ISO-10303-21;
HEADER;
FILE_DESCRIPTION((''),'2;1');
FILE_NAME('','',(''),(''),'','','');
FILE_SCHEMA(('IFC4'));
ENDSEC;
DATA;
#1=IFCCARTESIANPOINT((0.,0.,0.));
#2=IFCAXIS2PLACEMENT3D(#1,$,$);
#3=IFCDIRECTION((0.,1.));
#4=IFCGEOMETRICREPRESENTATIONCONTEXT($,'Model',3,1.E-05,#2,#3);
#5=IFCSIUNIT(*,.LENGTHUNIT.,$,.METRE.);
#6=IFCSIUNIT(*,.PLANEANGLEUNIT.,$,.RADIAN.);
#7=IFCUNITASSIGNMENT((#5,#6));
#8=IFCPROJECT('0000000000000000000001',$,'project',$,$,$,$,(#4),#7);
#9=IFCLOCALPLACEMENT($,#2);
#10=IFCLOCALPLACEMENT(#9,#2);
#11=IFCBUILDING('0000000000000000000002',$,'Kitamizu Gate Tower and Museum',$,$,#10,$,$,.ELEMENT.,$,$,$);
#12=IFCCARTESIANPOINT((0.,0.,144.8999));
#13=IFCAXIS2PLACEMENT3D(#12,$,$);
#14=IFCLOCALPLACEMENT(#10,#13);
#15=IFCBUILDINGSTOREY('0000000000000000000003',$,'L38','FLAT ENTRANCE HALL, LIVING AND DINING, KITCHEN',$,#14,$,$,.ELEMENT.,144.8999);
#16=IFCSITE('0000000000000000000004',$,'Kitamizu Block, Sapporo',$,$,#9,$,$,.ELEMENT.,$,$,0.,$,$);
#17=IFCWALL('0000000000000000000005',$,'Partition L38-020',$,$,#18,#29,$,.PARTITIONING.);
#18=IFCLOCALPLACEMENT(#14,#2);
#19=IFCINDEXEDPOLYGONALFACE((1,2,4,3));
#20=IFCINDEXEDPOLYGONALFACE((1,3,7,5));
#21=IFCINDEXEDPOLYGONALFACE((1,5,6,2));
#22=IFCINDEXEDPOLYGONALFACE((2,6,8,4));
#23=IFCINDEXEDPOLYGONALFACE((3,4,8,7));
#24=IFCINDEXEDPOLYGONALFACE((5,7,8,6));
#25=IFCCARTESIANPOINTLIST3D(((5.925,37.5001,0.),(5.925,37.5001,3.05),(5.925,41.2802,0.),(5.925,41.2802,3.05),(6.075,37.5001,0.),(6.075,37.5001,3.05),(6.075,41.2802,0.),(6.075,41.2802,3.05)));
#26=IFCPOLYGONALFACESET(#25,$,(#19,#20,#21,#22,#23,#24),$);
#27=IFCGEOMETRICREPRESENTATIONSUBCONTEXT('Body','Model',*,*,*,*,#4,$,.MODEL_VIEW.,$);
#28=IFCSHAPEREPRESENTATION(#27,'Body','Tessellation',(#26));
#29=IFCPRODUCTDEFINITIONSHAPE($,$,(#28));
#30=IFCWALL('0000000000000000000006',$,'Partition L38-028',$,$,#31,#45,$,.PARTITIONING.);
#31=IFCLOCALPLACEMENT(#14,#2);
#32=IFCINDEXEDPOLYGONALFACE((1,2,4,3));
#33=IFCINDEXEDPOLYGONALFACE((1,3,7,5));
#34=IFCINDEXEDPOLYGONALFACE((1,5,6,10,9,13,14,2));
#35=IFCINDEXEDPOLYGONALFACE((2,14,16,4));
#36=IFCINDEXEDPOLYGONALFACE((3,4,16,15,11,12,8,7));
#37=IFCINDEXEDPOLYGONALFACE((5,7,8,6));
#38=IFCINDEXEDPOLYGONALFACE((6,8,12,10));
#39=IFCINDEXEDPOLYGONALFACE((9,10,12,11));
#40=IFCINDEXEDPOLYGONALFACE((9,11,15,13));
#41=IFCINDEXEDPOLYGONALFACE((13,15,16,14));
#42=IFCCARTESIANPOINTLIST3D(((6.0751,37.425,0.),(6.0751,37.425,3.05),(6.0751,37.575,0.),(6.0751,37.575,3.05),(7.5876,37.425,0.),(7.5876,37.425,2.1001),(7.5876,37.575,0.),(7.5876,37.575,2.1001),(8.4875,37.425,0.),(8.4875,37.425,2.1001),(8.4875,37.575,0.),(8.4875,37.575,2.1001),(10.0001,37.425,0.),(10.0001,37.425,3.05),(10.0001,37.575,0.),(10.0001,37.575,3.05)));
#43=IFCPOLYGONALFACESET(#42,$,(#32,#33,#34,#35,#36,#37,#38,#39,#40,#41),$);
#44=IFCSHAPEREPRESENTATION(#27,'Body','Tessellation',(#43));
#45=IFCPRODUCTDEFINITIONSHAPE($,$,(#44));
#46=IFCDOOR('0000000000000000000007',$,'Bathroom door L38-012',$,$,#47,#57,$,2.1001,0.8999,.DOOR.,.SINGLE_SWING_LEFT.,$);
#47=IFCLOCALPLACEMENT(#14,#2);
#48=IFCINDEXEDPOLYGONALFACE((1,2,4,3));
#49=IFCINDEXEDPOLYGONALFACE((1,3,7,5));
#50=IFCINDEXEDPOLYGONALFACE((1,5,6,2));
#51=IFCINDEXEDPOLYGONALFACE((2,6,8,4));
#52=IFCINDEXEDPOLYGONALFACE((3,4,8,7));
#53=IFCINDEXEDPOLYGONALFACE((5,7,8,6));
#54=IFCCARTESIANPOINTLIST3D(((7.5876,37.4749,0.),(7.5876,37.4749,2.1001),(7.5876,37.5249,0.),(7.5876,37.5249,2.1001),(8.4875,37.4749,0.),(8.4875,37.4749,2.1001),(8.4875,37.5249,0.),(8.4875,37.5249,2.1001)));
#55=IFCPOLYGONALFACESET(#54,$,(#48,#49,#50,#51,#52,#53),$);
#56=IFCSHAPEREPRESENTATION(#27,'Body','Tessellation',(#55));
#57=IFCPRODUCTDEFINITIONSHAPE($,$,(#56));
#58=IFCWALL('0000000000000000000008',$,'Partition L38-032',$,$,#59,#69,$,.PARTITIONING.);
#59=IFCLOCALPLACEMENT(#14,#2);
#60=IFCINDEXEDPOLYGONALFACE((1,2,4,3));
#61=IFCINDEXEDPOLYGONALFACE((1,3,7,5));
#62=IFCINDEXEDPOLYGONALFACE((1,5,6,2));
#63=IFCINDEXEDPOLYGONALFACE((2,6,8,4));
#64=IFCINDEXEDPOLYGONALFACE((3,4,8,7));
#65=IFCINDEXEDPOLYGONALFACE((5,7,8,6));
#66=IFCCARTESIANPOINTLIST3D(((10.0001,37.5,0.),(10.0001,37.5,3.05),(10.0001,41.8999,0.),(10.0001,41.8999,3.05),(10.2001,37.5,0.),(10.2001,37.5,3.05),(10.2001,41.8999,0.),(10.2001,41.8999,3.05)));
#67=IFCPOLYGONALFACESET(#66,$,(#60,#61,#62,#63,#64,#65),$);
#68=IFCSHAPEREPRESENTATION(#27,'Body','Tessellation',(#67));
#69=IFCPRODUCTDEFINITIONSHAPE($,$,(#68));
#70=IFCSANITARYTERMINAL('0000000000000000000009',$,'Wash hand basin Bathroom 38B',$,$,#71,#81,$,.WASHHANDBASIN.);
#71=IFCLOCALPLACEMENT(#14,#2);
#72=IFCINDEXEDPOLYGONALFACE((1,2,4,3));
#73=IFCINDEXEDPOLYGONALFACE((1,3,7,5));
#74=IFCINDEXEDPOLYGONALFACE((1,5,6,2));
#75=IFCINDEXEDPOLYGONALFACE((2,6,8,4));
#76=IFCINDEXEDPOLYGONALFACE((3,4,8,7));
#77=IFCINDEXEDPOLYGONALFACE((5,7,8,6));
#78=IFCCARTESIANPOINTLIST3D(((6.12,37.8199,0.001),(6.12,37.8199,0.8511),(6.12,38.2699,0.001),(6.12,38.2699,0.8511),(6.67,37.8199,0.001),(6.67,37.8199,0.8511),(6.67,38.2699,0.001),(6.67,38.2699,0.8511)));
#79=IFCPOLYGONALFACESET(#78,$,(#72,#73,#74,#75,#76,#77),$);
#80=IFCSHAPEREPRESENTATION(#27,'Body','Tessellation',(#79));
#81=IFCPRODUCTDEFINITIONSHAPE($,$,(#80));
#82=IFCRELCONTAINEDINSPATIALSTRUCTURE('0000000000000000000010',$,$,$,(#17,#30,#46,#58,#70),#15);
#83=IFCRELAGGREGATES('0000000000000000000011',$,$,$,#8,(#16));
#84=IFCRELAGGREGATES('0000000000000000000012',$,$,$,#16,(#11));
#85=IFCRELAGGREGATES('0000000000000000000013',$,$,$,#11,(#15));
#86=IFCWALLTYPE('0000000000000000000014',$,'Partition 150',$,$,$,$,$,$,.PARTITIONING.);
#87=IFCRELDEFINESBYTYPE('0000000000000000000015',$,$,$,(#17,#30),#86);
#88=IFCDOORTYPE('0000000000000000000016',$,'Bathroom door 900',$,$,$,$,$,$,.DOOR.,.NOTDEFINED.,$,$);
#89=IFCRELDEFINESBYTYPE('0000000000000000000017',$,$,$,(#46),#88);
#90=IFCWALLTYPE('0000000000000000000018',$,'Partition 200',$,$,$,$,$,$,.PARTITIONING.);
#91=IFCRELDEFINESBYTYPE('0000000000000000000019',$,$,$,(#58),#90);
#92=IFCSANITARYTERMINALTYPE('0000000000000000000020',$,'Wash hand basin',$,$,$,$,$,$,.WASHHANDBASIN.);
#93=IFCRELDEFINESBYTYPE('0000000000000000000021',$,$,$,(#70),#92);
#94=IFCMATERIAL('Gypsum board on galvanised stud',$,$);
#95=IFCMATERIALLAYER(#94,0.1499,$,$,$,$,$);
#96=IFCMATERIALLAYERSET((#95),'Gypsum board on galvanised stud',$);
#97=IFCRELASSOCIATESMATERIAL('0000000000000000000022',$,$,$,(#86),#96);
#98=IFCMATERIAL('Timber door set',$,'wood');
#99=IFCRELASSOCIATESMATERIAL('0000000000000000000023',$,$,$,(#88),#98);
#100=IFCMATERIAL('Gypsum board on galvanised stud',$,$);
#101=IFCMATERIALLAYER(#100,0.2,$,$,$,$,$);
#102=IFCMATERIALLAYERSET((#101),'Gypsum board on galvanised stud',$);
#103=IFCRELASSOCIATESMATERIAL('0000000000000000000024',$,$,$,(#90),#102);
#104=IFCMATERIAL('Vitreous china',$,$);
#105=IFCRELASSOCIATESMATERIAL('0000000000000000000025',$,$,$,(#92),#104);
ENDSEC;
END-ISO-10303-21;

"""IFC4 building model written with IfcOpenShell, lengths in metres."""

from ifc_helpers import new_model, si_unit, direction, frame, frame_2d, origin, origin_2d, place, context, subcontext, project, spatial, rectangle, extrude, material, layer, layer_set, type_object, element, fill, save


model = new_model("IFC4")

# Units and contexts
model_context = context("Model", 3, precision=1e-05, world=origin(), true_north=direction((0.0, 1.0)))
body_context = subcontext(model_context, "Body", "Model", "MODEL_VIEW")
ifc_project = project(units=[si_unit("LENGTHUNIT", "METRE"), si_unit("PLANEANGLEUNIT", "RADIAN")], contexts=[model_context])

# Site, building, storey
site_placement = place(None, origin())
site = spatial("IfcSite", under=ifc_project, at=site_placement, Name="Kitamizu Block, Sapporo", CompositionType="ELEMENT", RefElevation=0.0)
building_placement = place(site_placement, origin())
building = spatial("IfcBuilding", under=site, at=building_placement, Name="Kitamizu Gate Tower and Museum", CompositionType="ELEMENT")
storey_placement = place(building_placement, frame((0.0, 0.0, 144.8999)))
storey = spatial("IfcBuildingStorey", under=building, at=storey_placement, Name="L38", Description="FLAT ENTRANCE HALL, LIVING AND DINING, KITCHEN", CompositionType="ELEMENT", Elevation=144.8999)

# Wall
ifc_material_1 = material(Name="Gypsum board on galvanised stud")
ifc_layer_1 = layer(ifc_material_1, 0.1499)
ifc_layer_set_1 = layer_set([ifc_layer_1], Name="Gypsum board on galvanised stud")
wall_type_1 = type_object("IfcWallType", Name="Partition 150", PredefinedType="PARTITIONING", material=ifc_layer_set_1)
wall_1_placement = place(storey_placement, frame((6.0, 37.5, 0.0), z_axis=(0.0, 0.0, 1.0), x_axis=(0.0, 1.0, 0.0)))
element("IfcWall", 1, at=wall_1_placement, inside=storey, type_object=wall_type_1, Name="Partition L38-020", PredefinedType="PARTITIONING", context=body_context, shape_type="SweptSolid", body=[
    extrude(rectangle(XDim=3.78, YDim=0.1499, at=frame_2d((1.8901, 0.0))), origin(), (0.0, 0.0, 1.0), 3.05),
])

# Wall, opening, door
wall_2_placement = place(storey_placement, frame((10.0, 37.5, 0.0), z_axis=(0.0, 0.0, 1.0), x_axis=(-1.0, 0.0, 0.0)))
wall_2 = element("IfcWall", 2, at=wall_2_placement, inside=storey, type_object=wall_type_1, Name="Partition L38-028", PredefinedType="PARTITIONING", context=body_context, shape_type="SweptSolid", body=[
    extrude(rectangle(XDim=3.925, YDim=0.1499, at=frame_2d((1.9624, 0.0))), origin(), (0.0, 0.0, 1.0), 3.05),
])
opening_placement = place(wall_2_placement, frame((1.5125, 0.0, 0.0)))
opening = element("IfcOpeningElement", 3, at=opening_placement, cuts=wall_2, PredefinedType="OPENING", context=body_context, shape_type="SweptSolid", body=[
    extrude(rectangle(XDim=0.8999, YDim=2.1001, at=frame_2d((0.45, 1.05))), frame((0.0, 0.085, 0.0), z_axis=(0.0, -1.0, 0.0), x_axis=(1.0, 0.0, 0.0)), (0.0, 0.0, 1.0), 0.1699),
])
ifc_material_2 = material(Name="Timber door set", Category="wood")
door_type = type_object("IfcDoorType", Name="Bathroom door 900", OperationType="NOTDEFINED", PredefinedType="DOOR", material=ifc_material_2)
door_placement = place(opening_placement, frame((0.8999, 0.0, 0.0), x_axis=(-1.0, 0.0, 0.0)))
door = element("IfcDoor", 4, at=door_placement, inside=storey, type_object=door_type, Name="Bathroom door L38-012", OperationType="SINGLE_SWING_LEFT", OverallHeight=2.1001, OverallWidth=0.8999, PredefinedType="DOOR", context=body_context, shape_type="SweptSolid", body=[
    extrude(rectangle(XDim=0.8999, YDim=2.1001, at=frame_2d((0.45, 1.05))), frame((0.0, 0.0249, 0.0), z_axis=(0.0, -1.0, 0.0), x_axis=(1.0, 0.0, 0.0)), (0.0, 0.0, 1.0), 0.05),
])
fill(opening, door)

# Wall
ifc_material_3 = material(Name="Gypsum board on galvanised stud")
ifc_layer_2 = layer(ifc_material_3, 0.2)
ifc_layer_set_2 = layer_set([ifc_layer_2], Name="Gypsum board on galvanised stud")
wall_type_2 = type_object("IfcWallType", Name="Partition 200", PredefinedType="PARTITIONING", material=ifc_layer_set_2)
wall_3_placement = place(storey_placement, frame((10.1001, 37.5, 0.0), z_axis=(0.0, 0.0, 1.0), x_axis=(0.0, 1.0, 0.0)))
element("IfcWall", 5, at=wall_3_placement, inside=storey, type_object=wall_type_2, Name="Partition L38-032", PredefinedType="PARTITIONING", context=body_context, shape_type="SweptSolid", body=[
    extrude(rectangle(XDim=4.3999, YDim=0.2, at=frame_2d((2.2, 0.0))), origin(), (0.0, 0.0, 1.0), 3.05),
])

# Sanitary terminal
ifc_material_4 = material(Name="Vitreous china")
sanitary_terminal_type = type_object("IfcSanitaryTerminalType", Name="Wash hand basin", PredefinedType="WASHHANDBASIN", material=ifc_material_4)
sanitary_terminal_placement = place(storey_placement, frame((6.395, 38.0449, 0.001), z_axis=(0.0, 0.0, 1.0), x_axis=(1.0, 0.0, 0.0)))
element("IfcSanitaryTerminal", 6, at=sanitary_terminal_placement, inside=storey, type_object=sanitary_terminal_type, Name="Wash hand basin Bathroom 38B", PredefinedType="WASHHANDBASIN", context=body_context, shape_type="SweptSolid", body=[
    extrude(rectangle(XDim=0.55, YDim=0.45, at=origin_2d()), origin(), (0.0, 0.0, 1.0), 0.8501),
])

save(model, "model.ifc")
